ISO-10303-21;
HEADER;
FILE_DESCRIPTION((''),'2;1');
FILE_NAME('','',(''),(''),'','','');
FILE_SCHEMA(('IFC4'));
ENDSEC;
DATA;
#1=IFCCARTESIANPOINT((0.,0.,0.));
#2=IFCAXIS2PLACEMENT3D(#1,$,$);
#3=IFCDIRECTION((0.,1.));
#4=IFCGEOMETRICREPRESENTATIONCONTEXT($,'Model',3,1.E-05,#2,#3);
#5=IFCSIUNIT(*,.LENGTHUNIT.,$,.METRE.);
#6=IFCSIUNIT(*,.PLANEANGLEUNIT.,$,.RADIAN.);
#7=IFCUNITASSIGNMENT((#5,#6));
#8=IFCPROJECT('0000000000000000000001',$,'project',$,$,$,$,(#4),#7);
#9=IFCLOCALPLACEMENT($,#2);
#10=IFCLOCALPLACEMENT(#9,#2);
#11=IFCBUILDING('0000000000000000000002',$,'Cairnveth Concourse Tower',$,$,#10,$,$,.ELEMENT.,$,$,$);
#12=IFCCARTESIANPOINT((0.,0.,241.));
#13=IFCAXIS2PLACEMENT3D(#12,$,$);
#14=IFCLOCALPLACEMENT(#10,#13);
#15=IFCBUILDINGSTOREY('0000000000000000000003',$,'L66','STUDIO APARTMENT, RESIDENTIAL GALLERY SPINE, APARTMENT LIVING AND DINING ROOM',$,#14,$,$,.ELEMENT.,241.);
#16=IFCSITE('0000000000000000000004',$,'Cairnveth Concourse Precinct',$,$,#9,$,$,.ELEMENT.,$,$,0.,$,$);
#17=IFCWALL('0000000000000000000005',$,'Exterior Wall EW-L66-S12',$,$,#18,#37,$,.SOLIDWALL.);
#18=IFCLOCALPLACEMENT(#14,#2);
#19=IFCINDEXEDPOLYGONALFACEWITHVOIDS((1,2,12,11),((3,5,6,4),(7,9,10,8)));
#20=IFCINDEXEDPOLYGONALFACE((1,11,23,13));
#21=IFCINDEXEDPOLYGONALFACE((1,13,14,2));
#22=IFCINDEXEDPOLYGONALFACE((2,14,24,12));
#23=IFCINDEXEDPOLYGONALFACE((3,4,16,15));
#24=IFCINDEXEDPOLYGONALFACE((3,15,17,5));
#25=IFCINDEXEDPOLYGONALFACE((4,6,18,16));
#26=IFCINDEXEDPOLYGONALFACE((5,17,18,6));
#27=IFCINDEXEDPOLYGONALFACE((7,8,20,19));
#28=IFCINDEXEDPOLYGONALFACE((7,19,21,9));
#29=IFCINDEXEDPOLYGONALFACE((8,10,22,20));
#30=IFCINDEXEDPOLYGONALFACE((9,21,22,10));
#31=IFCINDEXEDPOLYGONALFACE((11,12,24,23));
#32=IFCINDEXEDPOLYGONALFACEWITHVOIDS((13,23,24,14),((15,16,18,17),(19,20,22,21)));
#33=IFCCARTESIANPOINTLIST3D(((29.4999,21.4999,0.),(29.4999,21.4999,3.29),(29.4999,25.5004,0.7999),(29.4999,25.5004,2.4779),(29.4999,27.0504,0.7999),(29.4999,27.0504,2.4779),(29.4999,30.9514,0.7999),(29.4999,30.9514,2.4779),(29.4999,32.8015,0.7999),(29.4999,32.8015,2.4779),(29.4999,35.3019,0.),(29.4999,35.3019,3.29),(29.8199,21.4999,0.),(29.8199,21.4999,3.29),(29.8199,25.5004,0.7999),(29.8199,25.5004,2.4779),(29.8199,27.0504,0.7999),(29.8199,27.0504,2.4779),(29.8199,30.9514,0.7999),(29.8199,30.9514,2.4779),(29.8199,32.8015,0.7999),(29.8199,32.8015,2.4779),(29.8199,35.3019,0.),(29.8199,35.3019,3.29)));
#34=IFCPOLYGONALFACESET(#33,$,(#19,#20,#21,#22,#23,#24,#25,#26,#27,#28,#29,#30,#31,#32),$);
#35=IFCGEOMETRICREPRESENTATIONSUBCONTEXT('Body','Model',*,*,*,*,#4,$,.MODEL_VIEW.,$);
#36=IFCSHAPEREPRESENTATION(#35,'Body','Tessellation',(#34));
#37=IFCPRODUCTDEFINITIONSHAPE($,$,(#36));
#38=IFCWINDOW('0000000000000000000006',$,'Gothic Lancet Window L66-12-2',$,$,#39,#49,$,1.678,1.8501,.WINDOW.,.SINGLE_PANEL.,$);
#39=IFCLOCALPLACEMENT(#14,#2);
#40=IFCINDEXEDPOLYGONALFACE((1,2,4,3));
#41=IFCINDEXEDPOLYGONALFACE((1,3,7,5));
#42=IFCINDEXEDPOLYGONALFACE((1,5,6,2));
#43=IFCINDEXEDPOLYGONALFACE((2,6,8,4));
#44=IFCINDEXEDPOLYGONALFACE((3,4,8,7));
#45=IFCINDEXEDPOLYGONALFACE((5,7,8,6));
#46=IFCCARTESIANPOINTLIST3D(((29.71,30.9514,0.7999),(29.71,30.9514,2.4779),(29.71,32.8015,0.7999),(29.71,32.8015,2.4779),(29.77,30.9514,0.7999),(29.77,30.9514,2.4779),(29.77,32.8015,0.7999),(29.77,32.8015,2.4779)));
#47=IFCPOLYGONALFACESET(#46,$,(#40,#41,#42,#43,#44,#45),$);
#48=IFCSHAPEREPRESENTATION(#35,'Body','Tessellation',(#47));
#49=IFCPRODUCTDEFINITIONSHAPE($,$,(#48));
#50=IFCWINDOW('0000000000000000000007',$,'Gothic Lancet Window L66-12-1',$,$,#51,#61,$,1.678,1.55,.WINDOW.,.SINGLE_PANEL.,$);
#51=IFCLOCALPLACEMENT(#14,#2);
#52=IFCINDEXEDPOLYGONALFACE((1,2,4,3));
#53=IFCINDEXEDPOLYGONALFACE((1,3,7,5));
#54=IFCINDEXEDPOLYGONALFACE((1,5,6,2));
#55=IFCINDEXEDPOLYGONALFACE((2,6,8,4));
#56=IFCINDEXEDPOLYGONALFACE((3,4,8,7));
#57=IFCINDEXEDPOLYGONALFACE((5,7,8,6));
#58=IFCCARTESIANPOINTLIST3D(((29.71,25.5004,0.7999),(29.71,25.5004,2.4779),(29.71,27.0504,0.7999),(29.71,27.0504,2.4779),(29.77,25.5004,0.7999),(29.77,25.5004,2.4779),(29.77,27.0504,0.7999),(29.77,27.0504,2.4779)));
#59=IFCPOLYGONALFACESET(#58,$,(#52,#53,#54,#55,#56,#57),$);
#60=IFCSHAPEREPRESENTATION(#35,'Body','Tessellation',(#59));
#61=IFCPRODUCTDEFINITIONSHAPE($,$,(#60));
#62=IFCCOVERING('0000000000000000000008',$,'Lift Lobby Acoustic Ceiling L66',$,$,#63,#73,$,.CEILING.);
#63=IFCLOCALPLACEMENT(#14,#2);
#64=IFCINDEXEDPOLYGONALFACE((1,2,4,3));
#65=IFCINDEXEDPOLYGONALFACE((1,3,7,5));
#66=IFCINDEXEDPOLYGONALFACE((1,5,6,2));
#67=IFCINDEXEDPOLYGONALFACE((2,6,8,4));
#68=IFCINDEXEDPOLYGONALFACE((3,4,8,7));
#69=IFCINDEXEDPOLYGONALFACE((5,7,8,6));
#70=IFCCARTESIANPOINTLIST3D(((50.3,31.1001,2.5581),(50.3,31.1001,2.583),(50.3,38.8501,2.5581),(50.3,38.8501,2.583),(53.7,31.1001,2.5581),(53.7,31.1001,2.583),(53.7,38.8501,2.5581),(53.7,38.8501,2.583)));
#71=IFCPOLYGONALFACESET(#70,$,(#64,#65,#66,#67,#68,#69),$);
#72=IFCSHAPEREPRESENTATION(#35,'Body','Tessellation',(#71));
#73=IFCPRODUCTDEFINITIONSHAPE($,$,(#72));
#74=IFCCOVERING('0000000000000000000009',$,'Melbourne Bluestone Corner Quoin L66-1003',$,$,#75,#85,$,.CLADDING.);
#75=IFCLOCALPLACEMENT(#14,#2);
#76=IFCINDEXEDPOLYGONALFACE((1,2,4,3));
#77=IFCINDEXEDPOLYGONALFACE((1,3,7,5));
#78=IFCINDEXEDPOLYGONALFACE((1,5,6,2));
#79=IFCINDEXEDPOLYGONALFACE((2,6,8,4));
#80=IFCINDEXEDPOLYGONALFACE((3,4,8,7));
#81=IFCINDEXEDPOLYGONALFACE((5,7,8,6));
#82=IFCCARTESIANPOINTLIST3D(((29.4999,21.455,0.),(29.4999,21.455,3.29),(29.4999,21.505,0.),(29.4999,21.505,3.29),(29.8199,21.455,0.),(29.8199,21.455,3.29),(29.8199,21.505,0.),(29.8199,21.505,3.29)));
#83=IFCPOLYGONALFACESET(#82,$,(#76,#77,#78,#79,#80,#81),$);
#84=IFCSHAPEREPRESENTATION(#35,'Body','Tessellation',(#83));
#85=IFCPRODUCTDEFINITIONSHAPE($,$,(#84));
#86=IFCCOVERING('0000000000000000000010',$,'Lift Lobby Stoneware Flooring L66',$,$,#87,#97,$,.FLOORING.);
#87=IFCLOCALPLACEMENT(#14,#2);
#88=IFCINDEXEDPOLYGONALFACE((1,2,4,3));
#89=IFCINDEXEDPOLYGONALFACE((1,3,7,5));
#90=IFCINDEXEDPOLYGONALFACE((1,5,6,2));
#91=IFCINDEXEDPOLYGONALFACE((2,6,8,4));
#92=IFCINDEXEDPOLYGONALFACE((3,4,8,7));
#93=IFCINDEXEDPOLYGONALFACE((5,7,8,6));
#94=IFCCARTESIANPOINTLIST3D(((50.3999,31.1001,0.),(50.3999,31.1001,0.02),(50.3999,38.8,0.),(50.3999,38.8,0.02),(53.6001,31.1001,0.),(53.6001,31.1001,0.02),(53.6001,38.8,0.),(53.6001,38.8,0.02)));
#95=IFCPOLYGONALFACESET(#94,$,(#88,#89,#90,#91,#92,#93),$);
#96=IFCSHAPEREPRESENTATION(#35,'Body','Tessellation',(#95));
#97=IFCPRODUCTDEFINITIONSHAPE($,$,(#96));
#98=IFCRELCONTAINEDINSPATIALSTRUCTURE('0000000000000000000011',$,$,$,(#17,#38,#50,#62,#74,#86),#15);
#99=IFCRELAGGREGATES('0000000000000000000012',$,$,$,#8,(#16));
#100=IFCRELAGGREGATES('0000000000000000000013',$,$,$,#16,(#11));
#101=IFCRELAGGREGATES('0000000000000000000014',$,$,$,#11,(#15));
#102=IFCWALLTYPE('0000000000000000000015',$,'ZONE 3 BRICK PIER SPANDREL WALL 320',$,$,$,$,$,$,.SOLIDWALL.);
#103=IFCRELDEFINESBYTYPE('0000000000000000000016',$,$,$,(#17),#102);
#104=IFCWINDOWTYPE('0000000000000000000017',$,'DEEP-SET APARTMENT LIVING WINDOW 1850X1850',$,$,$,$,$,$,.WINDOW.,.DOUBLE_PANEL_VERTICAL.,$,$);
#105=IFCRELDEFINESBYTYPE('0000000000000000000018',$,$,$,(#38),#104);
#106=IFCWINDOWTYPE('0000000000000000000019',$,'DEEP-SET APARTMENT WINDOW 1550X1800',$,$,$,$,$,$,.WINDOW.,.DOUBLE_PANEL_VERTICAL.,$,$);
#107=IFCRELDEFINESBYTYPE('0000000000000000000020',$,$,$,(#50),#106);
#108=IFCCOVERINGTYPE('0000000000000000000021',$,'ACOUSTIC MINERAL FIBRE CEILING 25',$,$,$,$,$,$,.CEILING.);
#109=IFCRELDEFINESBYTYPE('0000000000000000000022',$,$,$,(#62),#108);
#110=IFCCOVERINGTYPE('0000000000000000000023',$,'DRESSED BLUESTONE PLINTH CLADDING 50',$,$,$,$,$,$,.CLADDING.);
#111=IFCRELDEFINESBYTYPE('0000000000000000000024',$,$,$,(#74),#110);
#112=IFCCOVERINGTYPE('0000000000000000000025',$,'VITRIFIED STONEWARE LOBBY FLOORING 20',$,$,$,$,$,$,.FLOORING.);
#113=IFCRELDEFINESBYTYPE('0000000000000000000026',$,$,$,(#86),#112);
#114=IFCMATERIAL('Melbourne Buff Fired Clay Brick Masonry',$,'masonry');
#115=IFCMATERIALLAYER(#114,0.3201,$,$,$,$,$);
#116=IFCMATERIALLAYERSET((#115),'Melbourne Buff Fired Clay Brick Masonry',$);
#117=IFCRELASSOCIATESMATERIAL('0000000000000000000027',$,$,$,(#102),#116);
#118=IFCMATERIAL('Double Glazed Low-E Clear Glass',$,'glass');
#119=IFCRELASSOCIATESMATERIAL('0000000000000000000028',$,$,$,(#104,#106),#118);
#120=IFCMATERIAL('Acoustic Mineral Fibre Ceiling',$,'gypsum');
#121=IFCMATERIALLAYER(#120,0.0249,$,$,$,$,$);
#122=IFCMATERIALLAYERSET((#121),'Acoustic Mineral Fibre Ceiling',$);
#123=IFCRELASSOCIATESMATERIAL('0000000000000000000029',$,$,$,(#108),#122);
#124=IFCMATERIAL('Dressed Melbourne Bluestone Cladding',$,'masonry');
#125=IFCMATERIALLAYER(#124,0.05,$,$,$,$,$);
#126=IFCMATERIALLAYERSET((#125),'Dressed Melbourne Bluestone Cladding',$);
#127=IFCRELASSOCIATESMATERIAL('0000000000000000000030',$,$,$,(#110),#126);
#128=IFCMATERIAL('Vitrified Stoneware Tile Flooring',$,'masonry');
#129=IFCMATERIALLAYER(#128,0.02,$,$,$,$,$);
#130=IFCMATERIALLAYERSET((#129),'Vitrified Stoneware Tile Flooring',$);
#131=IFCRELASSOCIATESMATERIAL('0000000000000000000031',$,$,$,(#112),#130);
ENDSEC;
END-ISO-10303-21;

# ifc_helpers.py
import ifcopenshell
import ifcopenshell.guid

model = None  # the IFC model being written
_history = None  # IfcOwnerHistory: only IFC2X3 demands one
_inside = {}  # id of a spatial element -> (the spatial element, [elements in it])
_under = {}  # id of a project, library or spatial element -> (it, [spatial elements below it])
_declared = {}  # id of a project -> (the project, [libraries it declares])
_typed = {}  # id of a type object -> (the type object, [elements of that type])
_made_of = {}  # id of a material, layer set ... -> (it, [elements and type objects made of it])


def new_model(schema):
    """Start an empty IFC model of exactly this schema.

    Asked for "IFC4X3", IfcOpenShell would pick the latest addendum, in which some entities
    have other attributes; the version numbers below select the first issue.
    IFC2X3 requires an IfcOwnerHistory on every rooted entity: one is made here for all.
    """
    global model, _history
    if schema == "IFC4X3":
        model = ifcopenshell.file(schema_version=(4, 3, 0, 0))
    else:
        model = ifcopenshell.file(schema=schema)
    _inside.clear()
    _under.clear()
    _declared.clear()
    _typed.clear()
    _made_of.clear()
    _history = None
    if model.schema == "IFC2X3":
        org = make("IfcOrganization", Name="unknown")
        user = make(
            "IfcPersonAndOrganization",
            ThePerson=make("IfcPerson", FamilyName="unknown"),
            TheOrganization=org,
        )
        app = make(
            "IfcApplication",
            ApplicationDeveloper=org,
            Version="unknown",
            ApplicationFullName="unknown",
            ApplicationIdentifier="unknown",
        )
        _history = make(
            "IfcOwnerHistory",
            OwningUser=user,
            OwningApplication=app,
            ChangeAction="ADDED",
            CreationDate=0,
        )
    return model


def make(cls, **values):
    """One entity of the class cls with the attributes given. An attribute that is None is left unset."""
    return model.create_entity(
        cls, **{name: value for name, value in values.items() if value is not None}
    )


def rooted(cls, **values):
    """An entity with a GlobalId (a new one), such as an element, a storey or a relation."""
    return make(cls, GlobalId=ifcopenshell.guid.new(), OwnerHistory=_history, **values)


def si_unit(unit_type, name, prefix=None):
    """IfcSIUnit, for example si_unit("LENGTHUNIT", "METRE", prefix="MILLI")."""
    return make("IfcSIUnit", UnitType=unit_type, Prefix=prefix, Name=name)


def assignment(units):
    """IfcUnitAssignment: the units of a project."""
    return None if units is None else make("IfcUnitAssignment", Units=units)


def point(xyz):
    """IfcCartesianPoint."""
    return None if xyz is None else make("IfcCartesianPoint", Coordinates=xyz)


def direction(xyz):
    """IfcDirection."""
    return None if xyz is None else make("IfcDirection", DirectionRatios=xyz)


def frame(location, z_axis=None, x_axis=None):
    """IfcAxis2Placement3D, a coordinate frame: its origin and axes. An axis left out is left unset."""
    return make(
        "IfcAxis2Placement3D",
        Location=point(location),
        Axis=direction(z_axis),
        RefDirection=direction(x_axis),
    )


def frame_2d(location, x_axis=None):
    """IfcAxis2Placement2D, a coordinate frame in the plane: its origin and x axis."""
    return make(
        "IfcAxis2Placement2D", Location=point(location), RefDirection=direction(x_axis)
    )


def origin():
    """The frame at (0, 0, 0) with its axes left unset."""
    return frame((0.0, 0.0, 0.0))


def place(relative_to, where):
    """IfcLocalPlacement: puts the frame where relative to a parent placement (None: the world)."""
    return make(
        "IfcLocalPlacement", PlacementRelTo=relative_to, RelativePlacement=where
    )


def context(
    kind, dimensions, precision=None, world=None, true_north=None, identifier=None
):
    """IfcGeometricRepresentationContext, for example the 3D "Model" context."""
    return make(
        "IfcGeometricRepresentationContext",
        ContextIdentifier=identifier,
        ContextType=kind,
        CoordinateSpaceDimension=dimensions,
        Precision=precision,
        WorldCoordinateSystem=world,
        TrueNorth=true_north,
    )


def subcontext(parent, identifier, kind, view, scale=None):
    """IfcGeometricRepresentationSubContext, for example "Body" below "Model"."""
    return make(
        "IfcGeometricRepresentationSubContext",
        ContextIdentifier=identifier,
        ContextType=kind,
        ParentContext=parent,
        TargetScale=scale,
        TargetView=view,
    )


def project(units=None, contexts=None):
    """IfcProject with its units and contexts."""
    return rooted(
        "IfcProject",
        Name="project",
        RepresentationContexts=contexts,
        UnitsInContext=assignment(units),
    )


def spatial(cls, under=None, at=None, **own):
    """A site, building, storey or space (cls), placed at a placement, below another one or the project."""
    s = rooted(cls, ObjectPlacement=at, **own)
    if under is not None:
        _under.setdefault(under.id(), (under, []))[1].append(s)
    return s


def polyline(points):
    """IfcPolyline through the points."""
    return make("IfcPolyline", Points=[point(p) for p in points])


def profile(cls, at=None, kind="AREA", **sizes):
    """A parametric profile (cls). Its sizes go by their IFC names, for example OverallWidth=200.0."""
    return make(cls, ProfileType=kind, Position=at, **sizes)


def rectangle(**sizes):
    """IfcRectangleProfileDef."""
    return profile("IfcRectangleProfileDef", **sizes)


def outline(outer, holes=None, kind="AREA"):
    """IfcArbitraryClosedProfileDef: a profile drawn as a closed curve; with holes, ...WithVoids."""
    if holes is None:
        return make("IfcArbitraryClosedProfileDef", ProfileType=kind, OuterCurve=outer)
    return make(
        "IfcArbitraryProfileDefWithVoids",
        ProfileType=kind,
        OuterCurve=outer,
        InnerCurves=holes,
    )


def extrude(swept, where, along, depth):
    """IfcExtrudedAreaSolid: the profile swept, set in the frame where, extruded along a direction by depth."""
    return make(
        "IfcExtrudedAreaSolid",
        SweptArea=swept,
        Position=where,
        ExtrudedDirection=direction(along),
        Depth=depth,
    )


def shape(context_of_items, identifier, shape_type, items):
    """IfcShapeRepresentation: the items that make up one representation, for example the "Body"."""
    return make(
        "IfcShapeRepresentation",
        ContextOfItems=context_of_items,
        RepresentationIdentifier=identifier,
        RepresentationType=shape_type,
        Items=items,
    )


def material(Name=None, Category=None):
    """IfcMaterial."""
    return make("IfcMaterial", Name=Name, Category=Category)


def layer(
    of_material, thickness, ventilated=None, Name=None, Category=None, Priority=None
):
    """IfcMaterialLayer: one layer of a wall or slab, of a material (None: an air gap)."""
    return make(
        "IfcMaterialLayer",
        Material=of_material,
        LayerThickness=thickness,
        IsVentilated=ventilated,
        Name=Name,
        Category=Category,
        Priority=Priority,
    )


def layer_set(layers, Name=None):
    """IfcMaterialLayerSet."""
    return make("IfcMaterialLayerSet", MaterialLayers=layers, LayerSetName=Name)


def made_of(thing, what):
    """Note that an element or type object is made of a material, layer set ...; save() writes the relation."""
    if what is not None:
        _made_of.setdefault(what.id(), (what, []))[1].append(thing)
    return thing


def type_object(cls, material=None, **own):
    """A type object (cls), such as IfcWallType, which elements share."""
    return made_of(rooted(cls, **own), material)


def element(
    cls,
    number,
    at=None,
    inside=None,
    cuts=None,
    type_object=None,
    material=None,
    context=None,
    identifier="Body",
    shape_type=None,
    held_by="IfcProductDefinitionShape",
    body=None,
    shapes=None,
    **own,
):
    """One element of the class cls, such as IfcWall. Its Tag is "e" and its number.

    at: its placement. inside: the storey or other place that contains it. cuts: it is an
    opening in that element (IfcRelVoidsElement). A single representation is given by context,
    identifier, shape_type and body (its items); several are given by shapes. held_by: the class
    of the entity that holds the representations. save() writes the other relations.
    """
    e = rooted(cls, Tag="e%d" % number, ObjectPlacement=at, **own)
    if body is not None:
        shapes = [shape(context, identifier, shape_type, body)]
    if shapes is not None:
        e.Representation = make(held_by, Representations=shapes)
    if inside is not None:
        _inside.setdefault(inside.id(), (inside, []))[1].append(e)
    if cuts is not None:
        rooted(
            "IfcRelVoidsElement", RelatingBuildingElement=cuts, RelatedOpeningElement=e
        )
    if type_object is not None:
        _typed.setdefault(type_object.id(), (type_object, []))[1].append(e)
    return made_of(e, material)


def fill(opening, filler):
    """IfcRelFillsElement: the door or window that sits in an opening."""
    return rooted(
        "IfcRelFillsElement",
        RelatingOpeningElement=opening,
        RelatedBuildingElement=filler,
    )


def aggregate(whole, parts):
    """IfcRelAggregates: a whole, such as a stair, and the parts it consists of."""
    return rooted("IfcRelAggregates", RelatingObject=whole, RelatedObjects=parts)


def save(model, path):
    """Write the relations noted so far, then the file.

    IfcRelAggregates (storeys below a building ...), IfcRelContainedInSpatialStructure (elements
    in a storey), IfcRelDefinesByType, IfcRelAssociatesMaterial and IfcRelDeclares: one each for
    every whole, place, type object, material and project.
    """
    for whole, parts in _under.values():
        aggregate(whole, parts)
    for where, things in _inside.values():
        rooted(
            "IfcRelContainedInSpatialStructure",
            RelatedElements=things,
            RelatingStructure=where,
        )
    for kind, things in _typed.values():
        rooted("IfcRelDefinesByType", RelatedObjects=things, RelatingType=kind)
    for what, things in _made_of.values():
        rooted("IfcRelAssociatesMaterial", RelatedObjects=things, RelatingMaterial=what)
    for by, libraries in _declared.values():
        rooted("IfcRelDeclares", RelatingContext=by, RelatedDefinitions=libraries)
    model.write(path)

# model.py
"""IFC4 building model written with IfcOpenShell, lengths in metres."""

from ifc_helpers import new_model, si_unit, direction, frame, frame_2d, origin, place, context, subcontext, project, spatial, polyline, rectangle, outline, extrude, material, layer, layer_set, type_object, element, fill, save


model = new_model("IFC4")

# Units and contexts
model_context = context("Model", 3, precision=1e-05, world=origin(), true_north=direction((0.0, 1.0)))
body_context = subcontext(model_context, "Body", "Model", "MODEL_VIEW")
ifc_project = project(units=[si_unit("LENGTHUNIT", "METRE"), si_unit("PLANEANGLEUNIT", "RADIAN")], contexts=[model_context])

# Site, building, storey
site_placement = place(None, origin())
site = spatial("IfcSite", under=ifc_project, at=site_placement, Name="Cairnveth Concourse Precinct", CompositionType="ELEMENT", RefElevation=0.0)
building_placement = place(site_placement, origin())
building = spatial("IfcBuilding", under=site, at=building_placement, Name="Cairnveth Concourse Tower", CompositionType="ELEMENT")
storey_placement = place(building_placement, frame((0.0, 0.0, 241.0)))
storey = spatial("IfcBuildingStorey", under=building, at=storey_placement, Name="L66", Description="STUDIO APARTMENT, RESIDENTIAL GALLERY SPINE, APARTMENT LIVING AND DINING ROOM", CompositionType="ELEMENT", Elevation=241.0)

# Wall, openings, windows
ifc_material_1 = material(Name="Melbourne Buff Fired Clay Brick Masonry", Category="masonry")
ifc_layer_1 = layer(ifc_material_1, 0.3201)
ifc_layer_set_1 = layer_set([ifc_layer_1], Name="Melbourne Buff Fired Clay Brick Masonry")
wall_type = type_object("IfcWallType", Name="ZONE 3 BRICK PIER SPANDREL WALL 320", PredefinedType="SOLIDWALL", material=ifc_layer_set_1)
wall_placement = place(storey_placement, frame((29.6599, 21.5, 0.0), z_axis=(0.0, 0.0, 1.0), x_axis=(0.0, 1.0, 0.0)))
wall = element("IfcWall", 1, at=wall_placement, inside=storey, type_object=wall_type, Name="Exterior Wall EW-L66-S12", PredefinedType="SOLIDWALL", context=body_context, shape_type="SweptSolid", body=[
    extrude(rectangle(XDim=13.802, YDim=0.3201, at=frame_2d((6.9009, 0.0))), origin(), (0.0, 0.0, 1.0), 3.29),
])
opening_1_placement = place(wall_placement, frame((4.0005, 0.0, 0.8)))
opening_1 = element("IfcOpeningElement", 2, at=opening_1_placement, cuts=wall, PredefinedType="OPENING", context=body_context, shape_type="SweptSolid", body=[
    extrude(rectangle(XDim=1.55, YDim=1.678, at=frame_2d((0.7749, 0.8389))), frame((0.0, 0.1699, 0.0), z_axis=(0.0, -1.0, 0.0), x_axis=(1.0, 0.0, 0.0)), (0.0, 0.0, 1.0), 0.3401),
])
opening_2_placement = place(wall_placement, frame((9.4514, 0.0, 0.8)))
opening_2 = element("IfcOpeningElement", 3, at=opening_2_placement, cuts=wall, PredefinedType="OPENING", context=body_context, shape_type="SweptSolid", body=[
    extrude(rectangle(XDim=1.8501, YDim=1.678, at=frame_2d((0.925, 0.8389))), frame((0.0, 0.1699, 0.0), z_axis=(0.0, -1.0, 0.0), x_axis=(1.0, 0.0, 0.0)), (0.0, 0.0, 1.0), 0.3401),
])
ifc_material_2 = material(Name="Double Glazed Low-E Clear Glass", Category="glass")
window_type_1 = type_object("IfcWindowType", Name="DEEP-SET APARTMENT LIVING WINDOW 1850X1850", PartitioningType="DOUBLE_PANEL_VERTICAL", PredefinedType="WINDOW", material=ifc_material_2)
window_1_placement = place(opening_2_placement, origin())
window_1 = element("IfcWindow", 4, at=window_1_placement, inside=storey, type_object=window_type_1, Name="Gothic Lancet Window L66-12-2", OverallHeight=1.678, OverallWidth=1.8501, PartitioningType="SINGLE_PANEL", PredefinedType="WINDOW", context=body_context, shape_type="SweptSolid", body=[
    extrude(rectangle(XDim=1.8501, YDim=1.678, at=frame_2d((0.925, 0.8389))), frame((0.0, -0.05, 0.0), z_axis=(0.0, -1.0, 0.0), x_axis=(1.0, 0.0, 0.0)), (0.0, 0.0, 1.0), 0.0601),
])
fill(opening_2, window_1)
window_type_2 = type_object("IfcWindowType", Name="DEEP-SET APARTMENT WINDOW 1550X1800", PartitioningType="DOUBLE_PANEL_VERTICAL", PredefinedType="WINDOW", material=ifc_material_2)
window_2_placement = place(opening_1_placement, origin())
window_2 = element("IfcWindow", 5, at=window_2_placement, inside=storey, type_object=window_type_2, Name="Gothic Lancet Window L66-12-1", OverallHeight=1.678, OverallWidth=1.55, PartitioningType="SINGLE_PANEL", PredefinedType="WINDOW", context=body_context, shape_type="SweptSolid", body=[
    extrude(rectangle(XDim=1.55, YDim=1.678, at=frame_2d((0.7749, 0.8389))), frame((0.0, -0.05, 0.0), z_axis=(0.0, -1.0, 0.0), x_axis=(1.0, 0.0, 0.0)), (0.0, 0.0, 1.0), 0.0601),
])
fill(opening_1, window_2)

# Coverings
ifc_material_3 = material(Name="Acoustic Mineral Fibre Ceiling", Category="gypsum")
ifc_layer_2 = layer(ifc_material_3, 0.0249)
ifc_layer_set_2 = layer_set([ifc_layer_2], Name="Acoustic Mineral Fibre Ceiling")
covering_type_1 = type_object("IfcCoveringType", Name="ACOUSTIC MINERAL FIBRE CEILING 25", PredefinedType="CEILING", material=ifc_layer_set_2)
covering_1_placement = place(storey_placement, frame((0.0, 0.0, 2.5581)))
element("IfcCovering", 6, at=covering_1_placement, inside=storey, type_object=covering_type_1, Name="Lift Lobby Acoustic Ceiling L66", PredefinedType="CEILING", context=body_context, shape_type="SweptSolid", body=[
    extrude(outline(polyline([(50.3, 31.1001), (53.7, 31.1001), (53.7, 38.8501), (50.3, 38.8501), (50.3, 31.1001)])), origin(), (0.0, 0.0, 1.0), 0.0249),
])
ifc_material_4 = material(Name="Dressed Melbourne Bluestone Cladding", Category="masonry")
ifc_layer_3 = layer(ifc_material_4, 0.05)
ifc_layer_set_3 = layer_set([ifc_layer_3], Name="Dressed Melbourne Bluestone Cladding")
covering_type_2 = type_object("IfcCoveringType", Name="DRESSED BLUESTONE PLINTH CLADDING 50", PredefinedType="CLADDING", material=ifc_layer_set_3)
covering_2_placement = place(storey_placement, frame((29.8201, 21.48, 0.0), z_axis=(0.0, 0.0, 1.0), x_axis=(-1.0, 0.0, 0.0)))
element("IfcCovering", 7, at=covering_2_placement, inside=storey, type_object=covering_type_2, Name="Melbourne Bluestone Corner Quoin L66-1003", PredefinedType="CLADDING", context=body_context, shape_type="SweptSolid", body=[
    extrude(rectangle(XDim=0.3201, YDim=0.05, at=frame_2d((0.1602, 0.0))), origin(), (0.0, 0.0, 1.0), 3.29),
])
ifc_material_5 = material(Name="Vitrified Stoneware Tile Flooring", Category="masonry")
ifc_layer_4 = layer(ifc_material_5, 0.02)
ifc_layer_set_4 = layer_set([ifc_layer_4], Name="Vitrified Stoneware Tile Flooring")
covering_type_3 = type_object("IfcCoveringType", Name="VITRIFIED STONEWARE LOBBY FLOORING 20", PredefinedType="FLOORING", material=ifc_layer_set_4)
covering_3_placement = place(storey_placement, origin())
element("IfcCovering", 8, at=covering_3_placement, inside=storey, type_object=covering_type_3, Name="Lift Lobby Stoneware Flooring L66", PredefinedType="FLOORING", context=body_context, shape_type="SweptSolid", body=[
    extrude(outline(polyline([(50.3999, 31.1001), (53.6001, 31.1001), (53.6001, 38.8), (50.3999, 38.8), (50.3999, 31.1001)])), origin(), (0.0, 0.0, 1.0), 0.02),
])

save(model, "model.ifc")
